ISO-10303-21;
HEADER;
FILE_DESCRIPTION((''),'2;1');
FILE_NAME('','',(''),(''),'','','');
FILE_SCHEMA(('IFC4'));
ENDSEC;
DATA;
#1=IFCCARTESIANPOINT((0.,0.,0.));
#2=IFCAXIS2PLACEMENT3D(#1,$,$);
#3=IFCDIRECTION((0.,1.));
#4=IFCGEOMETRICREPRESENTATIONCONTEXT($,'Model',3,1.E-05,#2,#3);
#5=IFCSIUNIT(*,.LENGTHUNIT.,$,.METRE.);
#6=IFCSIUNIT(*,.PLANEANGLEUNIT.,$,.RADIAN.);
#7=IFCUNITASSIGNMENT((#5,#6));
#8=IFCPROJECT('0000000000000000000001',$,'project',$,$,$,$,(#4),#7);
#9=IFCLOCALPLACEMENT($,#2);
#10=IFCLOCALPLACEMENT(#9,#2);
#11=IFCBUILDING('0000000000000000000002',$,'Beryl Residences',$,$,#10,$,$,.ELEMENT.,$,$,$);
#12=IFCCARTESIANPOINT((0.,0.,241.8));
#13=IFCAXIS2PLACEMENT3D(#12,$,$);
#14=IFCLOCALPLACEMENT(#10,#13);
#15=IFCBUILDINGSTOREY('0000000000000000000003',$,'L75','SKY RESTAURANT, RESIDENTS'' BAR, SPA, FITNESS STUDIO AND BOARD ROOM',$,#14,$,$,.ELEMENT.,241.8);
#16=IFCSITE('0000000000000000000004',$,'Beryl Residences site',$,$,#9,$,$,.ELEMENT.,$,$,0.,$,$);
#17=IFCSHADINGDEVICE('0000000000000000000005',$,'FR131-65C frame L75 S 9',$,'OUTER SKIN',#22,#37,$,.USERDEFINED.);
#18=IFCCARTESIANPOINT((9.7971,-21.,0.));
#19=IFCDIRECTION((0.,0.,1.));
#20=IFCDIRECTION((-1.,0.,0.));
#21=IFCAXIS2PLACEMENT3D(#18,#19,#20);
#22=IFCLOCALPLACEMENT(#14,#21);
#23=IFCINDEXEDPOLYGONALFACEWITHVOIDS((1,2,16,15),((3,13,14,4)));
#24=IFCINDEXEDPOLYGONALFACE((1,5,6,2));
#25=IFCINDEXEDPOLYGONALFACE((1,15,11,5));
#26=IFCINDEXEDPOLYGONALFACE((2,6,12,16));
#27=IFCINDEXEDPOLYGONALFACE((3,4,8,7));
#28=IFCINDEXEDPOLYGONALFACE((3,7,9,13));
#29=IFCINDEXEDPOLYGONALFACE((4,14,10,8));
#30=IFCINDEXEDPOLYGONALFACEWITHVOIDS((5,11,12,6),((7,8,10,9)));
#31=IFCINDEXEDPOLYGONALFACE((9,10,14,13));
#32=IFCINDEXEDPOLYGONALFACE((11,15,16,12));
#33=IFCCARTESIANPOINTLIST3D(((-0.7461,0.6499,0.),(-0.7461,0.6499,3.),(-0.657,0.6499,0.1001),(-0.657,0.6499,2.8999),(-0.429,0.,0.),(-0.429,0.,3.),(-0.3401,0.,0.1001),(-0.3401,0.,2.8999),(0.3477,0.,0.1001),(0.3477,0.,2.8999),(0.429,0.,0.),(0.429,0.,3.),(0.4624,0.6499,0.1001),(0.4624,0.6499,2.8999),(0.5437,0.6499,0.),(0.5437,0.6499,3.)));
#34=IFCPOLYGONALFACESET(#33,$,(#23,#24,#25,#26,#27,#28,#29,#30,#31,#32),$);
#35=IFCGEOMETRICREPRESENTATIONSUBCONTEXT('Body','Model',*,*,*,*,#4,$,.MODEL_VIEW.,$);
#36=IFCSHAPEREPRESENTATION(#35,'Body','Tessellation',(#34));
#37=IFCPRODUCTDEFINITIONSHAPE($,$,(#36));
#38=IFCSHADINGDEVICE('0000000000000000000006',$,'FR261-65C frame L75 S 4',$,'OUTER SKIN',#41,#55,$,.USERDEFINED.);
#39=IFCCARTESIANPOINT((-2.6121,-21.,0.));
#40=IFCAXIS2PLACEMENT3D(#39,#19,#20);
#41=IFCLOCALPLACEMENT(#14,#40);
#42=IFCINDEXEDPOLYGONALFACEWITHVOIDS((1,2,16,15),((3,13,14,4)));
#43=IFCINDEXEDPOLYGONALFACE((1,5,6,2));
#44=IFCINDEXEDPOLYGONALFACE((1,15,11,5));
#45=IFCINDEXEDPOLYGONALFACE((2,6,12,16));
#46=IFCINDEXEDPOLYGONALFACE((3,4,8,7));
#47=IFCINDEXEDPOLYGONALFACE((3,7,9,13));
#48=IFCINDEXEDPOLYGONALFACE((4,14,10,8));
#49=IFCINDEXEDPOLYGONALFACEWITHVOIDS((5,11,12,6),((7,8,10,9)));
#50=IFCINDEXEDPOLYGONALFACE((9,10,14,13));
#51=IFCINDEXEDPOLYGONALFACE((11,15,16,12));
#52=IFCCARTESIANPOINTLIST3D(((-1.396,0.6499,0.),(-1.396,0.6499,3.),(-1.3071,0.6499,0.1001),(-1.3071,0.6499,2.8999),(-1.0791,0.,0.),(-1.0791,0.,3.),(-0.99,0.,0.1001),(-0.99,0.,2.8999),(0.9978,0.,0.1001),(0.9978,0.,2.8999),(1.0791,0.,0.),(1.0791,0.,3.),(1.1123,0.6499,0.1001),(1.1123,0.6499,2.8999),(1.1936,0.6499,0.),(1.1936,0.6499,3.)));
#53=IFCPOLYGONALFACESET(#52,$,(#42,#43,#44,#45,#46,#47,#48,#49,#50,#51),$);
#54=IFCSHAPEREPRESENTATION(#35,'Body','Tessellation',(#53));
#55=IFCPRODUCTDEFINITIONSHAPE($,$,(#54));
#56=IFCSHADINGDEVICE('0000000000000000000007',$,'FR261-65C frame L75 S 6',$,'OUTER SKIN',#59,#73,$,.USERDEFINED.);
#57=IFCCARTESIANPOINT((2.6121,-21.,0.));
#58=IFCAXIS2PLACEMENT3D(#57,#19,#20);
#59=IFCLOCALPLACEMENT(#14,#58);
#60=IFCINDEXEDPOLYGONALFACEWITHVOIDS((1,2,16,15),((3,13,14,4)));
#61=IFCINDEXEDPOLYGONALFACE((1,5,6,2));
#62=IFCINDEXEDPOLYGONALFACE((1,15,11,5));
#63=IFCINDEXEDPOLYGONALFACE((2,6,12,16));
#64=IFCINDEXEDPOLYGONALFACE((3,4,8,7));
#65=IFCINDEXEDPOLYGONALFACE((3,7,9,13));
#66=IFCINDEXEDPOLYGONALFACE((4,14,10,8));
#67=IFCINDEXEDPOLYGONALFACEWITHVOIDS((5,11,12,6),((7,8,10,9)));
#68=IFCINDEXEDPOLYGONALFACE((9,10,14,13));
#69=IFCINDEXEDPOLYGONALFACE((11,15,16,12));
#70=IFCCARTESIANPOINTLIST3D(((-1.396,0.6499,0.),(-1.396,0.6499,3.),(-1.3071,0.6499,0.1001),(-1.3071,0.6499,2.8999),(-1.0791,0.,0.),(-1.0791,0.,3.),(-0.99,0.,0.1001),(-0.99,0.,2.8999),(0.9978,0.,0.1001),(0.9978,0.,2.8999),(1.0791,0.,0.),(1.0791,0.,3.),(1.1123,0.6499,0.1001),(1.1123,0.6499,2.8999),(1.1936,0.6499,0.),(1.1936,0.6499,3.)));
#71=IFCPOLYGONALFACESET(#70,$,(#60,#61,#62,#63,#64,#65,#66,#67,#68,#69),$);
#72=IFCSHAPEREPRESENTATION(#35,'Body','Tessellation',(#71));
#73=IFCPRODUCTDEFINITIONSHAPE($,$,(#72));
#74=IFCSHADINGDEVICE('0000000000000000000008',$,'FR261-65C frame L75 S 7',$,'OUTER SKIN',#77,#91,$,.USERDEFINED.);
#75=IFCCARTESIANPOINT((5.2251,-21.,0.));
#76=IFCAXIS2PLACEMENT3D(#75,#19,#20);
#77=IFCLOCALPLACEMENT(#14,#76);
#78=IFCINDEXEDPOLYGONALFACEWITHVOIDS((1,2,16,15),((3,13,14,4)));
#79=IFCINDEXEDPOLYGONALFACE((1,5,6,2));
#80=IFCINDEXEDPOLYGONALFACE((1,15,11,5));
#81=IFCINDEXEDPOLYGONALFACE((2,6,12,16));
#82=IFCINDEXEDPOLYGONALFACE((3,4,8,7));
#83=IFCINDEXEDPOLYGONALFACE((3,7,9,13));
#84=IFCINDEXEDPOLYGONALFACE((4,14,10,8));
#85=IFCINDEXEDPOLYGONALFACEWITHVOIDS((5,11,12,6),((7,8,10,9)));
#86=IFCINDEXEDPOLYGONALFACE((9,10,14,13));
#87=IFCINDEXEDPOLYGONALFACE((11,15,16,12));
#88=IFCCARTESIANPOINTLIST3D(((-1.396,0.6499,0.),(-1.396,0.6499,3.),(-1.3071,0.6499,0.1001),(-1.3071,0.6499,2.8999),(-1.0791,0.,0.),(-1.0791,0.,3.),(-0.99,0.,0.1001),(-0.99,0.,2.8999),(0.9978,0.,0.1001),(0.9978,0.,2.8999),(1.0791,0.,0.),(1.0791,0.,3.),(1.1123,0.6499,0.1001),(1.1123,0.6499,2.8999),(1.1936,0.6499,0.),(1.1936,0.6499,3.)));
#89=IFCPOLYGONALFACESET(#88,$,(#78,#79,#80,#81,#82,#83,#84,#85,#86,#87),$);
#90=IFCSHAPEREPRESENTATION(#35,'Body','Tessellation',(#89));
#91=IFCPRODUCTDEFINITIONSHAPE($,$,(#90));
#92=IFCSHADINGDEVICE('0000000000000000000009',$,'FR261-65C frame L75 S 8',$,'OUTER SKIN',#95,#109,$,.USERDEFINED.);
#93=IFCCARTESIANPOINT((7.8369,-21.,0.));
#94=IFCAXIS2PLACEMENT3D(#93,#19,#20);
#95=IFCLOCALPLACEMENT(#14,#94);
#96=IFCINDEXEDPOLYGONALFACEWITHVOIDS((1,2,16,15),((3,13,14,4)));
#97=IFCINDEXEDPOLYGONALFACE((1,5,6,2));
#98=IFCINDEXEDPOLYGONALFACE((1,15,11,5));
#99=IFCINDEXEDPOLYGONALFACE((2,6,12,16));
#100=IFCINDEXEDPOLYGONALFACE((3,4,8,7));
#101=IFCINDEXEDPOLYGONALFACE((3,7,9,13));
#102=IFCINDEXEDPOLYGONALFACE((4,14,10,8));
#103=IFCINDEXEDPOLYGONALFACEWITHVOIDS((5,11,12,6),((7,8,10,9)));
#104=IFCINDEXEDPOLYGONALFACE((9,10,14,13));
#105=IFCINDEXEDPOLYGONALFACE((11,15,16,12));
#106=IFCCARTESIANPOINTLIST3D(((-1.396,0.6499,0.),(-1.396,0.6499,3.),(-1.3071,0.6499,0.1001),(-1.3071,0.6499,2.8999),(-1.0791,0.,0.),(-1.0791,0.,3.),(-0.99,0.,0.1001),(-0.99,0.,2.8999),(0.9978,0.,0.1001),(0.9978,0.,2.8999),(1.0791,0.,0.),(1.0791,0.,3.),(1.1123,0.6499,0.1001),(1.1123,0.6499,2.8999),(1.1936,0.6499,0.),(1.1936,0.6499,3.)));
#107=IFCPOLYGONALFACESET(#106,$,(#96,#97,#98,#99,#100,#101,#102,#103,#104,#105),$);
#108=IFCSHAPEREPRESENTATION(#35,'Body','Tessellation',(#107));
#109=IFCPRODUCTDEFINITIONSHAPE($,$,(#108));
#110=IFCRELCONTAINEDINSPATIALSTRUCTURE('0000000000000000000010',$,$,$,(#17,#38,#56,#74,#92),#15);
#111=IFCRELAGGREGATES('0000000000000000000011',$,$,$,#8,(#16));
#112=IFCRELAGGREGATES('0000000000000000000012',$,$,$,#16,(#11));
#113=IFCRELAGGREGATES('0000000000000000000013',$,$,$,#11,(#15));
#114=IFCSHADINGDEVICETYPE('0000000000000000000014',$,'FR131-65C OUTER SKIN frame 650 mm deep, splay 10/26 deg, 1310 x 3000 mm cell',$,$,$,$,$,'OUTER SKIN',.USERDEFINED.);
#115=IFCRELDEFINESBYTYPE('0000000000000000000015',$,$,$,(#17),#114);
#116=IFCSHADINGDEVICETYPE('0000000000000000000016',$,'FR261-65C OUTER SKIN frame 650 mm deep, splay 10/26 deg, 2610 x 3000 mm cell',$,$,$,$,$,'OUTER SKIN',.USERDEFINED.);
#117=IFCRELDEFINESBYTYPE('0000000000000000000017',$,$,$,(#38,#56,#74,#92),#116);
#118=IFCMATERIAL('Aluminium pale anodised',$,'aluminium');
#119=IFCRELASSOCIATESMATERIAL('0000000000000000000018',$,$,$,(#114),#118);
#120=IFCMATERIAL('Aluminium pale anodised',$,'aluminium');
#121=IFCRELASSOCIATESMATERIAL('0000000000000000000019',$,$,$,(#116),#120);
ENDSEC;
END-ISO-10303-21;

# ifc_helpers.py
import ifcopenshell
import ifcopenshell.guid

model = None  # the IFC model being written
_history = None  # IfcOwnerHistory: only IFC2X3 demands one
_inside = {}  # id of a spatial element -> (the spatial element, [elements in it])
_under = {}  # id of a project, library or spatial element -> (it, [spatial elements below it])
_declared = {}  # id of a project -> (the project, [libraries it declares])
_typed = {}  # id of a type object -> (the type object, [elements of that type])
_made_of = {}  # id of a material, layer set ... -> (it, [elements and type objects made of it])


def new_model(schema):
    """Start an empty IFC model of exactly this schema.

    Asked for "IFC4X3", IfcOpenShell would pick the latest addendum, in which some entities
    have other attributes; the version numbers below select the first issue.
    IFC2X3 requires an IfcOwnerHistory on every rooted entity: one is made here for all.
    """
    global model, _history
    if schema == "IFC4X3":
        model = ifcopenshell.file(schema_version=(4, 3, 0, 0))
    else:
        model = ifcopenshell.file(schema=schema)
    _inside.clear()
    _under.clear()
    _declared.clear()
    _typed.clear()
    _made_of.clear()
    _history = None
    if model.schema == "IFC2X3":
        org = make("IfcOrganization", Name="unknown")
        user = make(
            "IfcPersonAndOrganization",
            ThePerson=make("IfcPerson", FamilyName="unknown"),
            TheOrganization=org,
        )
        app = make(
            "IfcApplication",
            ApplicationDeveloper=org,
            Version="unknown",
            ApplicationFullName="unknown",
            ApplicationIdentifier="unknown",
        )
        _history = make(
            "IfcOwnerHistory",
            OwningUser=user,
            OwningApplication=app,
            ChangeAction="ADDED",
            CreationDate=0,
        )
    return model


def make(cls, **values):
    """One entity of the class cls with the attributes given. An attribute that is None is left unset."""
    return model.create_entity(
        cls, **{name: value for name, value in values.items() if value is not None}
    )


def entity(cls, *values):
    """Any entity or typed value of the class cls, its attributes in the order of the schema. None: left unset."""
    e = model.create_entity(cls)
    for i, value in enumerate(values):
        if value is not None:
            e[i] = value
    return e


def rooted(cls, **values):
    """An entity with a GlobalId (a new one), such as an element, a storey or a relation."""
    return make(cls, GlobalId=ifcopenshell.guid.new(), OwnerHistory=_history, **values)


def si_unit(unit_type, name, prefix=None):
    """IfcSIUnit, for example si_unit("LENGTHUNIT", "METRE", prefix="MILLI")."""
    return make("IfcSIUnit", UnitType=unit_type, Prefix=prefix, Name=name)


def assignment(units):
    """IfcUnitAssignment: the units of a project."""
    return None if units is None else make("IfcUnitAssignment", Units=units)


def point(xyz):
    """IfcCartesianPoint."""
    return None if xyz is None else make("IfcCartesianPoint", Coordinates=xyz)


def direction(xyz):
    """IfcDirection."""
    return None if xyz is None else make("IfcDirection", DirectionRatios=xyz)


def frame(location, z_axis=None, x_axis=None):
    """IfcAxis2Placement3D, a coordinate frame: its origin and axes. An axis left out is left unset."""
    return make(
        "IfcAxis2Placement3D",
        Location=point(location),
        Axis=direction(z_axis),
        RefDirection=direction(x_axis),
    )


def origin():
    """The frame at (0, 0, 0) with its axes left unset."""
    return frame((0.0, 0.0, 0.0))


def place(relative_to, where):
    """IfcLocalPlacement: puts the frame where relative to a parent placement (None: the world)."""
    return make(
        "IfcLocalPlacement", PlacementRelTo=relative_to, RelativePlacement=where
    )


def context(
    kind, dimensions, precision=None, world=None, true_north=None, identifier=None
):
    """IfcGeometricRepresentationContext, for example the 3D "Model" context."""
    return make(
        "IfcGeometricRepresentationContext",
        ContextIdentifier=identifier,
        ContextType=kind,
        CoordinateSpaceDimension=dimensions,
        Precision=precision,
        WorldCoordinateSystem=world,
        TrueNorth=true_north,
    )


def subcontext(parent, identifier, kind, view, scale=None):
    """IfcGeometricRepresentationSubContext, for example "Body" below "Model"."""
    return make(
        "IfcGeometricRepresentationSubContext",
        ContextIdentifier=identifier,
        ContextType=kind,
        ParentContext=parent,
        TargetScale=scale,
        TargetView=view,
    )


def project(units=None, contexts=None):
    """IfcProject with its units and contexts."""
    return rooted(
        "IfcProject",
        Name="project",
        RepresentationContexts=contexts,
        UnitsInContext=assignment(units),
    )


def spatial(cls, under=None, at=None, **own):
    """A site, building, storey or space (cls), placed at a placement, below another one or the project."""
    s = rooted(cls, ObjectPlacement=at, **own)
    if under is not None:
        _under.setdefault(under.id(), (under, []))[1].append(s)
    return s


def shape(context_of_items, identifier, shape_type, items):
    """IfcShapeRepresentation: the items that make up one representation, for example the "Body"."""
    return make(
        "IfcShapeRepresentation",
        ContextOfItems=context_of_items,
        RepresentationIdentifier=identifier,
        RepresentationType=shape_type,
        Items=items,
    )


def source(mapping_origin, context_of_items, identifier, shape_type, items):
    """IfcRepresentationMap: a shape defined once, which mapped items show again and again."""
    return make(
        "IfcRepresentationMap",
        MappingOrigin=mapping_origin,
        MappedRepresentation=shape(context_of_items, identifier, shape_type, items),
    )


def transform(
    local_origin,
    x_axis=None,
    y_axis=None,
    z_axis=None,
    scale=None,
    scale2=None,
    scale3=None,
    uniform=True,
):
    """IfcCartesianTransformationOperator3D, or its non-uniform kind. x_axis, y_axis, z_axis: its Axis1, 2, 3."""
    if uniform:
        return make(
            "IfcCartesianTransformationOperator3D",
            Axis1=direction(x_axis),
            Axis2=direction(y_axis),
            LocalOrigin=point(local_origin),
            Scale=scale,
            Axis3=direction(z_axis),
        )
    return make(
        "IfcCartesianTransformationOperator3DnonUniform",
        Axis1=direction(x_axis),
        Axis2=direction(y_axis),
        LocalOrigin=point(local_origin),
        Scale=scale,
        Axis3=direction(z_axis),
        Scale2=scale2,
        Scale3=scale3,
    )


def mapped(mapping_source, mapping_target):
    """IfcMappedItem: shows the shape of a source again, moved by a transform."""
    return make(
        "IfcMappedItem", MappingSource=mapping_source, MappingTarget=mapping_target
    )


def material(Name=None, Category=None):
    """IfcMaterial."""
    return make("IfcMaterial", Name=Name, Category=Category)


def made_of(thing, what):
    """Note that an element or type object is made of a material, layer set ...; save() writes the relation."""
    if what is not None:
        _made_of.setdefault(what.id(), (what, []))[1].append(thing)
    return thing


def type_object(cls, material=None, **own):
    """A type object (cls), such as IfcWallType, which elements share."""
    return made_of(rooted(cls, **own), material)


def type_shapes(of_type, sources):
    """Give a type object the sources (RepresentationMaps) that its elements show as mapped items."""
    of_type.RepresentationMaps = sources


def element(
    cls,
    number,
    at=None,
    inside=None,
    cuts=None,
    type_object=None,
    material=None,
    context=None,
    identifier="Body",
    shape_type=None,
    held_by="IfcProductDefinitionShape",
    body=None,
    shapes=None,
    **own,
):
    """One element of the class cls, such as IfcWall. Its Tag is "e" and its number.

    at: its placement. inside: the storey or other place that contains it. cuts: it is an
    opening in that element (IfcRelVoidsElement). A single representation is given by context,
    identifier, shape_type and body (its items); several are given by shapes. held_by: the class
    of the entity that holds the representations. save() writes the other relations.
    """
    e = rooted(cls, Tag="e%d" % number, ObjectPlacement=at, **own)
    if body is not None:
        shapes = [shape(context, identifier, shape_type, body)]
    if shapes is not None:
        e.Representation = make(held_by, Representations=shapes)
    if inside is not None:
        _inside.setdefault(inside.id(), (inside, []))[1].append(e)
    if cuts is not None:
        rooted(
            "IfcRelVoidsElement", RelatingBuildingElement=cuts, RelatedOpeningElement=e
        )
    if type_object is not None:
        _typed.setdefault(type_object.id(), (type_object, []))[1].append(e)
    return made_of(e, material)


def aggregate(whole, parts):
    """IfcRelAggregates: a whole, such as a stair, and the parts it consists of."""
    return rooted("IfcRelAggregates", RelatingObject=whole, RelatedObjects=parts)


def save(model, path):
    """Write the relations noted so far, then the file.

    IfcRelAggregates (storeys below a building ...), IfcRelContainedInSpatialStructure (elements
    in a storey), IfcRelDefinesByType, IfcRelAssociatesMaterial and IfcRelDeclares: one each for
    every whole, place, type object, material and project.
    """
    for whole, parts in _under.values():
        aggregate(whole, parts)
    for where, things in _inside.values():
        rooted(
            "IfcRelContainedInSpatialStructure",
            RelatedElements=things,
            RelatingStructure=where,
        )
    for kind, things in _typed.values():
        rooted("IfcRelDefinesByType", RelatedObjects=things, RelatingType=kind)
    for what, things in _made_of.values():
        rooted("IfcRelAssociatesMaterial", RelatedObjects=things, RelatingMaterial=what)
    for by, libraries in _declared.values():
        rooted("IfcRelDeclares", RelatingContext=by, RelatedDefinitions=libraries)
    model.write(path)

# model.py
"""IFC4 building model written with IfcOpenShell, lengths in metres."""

from ifc_helpers import new_model, entity, si_unit, direction, frame, origin, place, context, subcontext, project, spatial, source, transform, mapped, material, type_object, type_shapes, element, save


model = new_model("IFC4")

# Units and contexts
model_context = context("Model", 3, precision=1e-05, world=origin(), true_north=direction((0.0, 1.0)))
body_context = subcontext(model_context, "Body", "Model", "MODEL_VIEW")
ifc_project = project(units=[si_unit("LENGTHUNIT", "METRE"), si_unit("PLANEANGLEUNIT", "RADIAN")], contexts=[model_context])

# Site, building, storey
site_placement = place(None, origin())
site = spatial("IfcSite", under=ifc_project, at=site_placement, Name="Beryl Residences site", CompositionType="ELEMENT", RefElevation=0.0)
building_placement = place(site_placement, origin())
building = spatial("IfcBuilding", under=site, at=building_placement, Name="Beryl Residences", CompositionType="ELEMENT")
storey_placement = place(building_placement, frame((0.0, 0.0, 241.8)))
storey = spatial("IfcBuildingStorey", under=building, at=storey_placement, Name="L75", Description="SKY RESTAURANT, RESIDENTS' BAR, SPA, FITNESS STUDIO AND BOARD ROOM", CompositionType="ELEMENT", Elevation=241.8)

# Shading devices
ifc_material_1 = material(Name="Aluminium pale anodised", Category="aluminium")
shading_device_type_1 = type_object("IfcShadingDeviceType", Name="FR131-65C OUTER SKIN frame 650 mm deep, splay 10/26 deg, 1310 x 3000 mm cell", ElementType="OUTER SKIN", PredefinedType="USERDEFINED", material=ifc_material_1)
cartesian_point_1 = entity("IfcCartesianPoint", [-0.429, 0.0])
cartesian_point_2 = entity("IfcCartesianPoint", [-0.3477, 0.1001])
cartesian_point_3 = entity("IfcCartesianPoint", [-0.5437, 0.0])
cartesian_point_4 = entity("IfcCartesianPoint", [-0.4624, 0.1001])
shared_shape_1 = source(origin(), body_context, "Body", "SweptSolid", [
    entity("IfcExtrudedAreaSolidTapered", entity("IfcArbitraryProfileDefWithVoids", "AREA", None, entity("IfcPolyline", [cartesian_point_1, entity("IfcCartesianPoint", [0.429, 0.0]), entity("IfcCartesianPoint", [0.429, 3.0]), entity("IfcCartesianPoint", [-0.429, 3.0]), cartesian_point_1]), [entity("IfcPolyline", [cartesian_point_2, entity("IfcCartesianPoint", [0.3401, 0.1001]), entity("IfcCartesianPoint", [0.3401, 2.8999]), entity("IfcCartesianPoint", [-0.3477, 2.8999]), cartesian_point_2])]), entity("IfcAxis2Placement3D", entity("IfcCartesianPoint", [0.0, 0.0, 0.0]), entity("IfcDirection", [0.0, 1.0, 0.0]), entity("IfcDirection", [-1.0, 0.0, 0.0])), entity("IfcDirection", [0.0, 0.0, 1.0]), 0.6499, entity("IfcArbitraryProfileDefWithVoids", "AREA", None, entity("IfcPolyline", [cartesian_point_3, entity("IfcCartesianPoint", [0.7461, 0.0]), entity("IfcCartesianPoint", [0.7461, 3.0]), entity("IfcCartesianPoint", [-0.5437, 3.0]), cartesian_point_3]), [entity("IfcPolyline", [cartesian_point_4, entity("IfcCartesianPoint", [0.657, 0.1001]), entity("IfcCartesianPoint", [0.657, 2.8999]), entity("IfcCartesianPoint", [-0.4624, 2.8999]), cartesian_point_4])])),
])
type_shapes(shading_device_type_1, [shared_shape_1])
shading_device_placement = place(storey_placement, frame((9.7971, -21.0, 0.0), z_axis=(0.0, 0.0, 1.0), x_axis=(-1.0, 0.0, 0.0)))
element("IfcShadingDevice", 1, at=shading_device_placement, inside=storey, type_object=shading_device_type_1, Name="FR131-65C frame L75 S 9", ObjectType="OUTER SKIN", PredefinedType="USERDEFINED", context=body_context, shape_type="MappedRepresentation", body=[
    mapped(shared_shape_1, transform((0.0, 0.0, 0.0))),
])
ifc_material_2 = material(Name="Aluminium pale anodised", Category="aluminium")
shading_device_type_2 = type_object("IfcShadingDeviceType", Name="FR261-65C OUTER SKIN frame 650 mm deep, splay 10/26 deg, 2610 x 3000 mm cell", ElementType="OUTER SKIN", PredefinedType="USERDEFINED", material=ifc_material_2)
cartesian_point_5 = entity("IfcCartesianPoint", [-1.0791, 0.0])
cartesian_point_6 = entity("IfcCartesianPoint", [-0.9978, 0.1001])
cartesian_point_7 = entity("IfcCartesianPoint", [-1.1936, 0.0])
cartesian_point_8 = entity("IfcCartesianPoint", [-1.1123, 0.1001])
shared_shape_2 = source(origin(), body_context, "Body", "SweptSolid", [
    entity("IfcExtrudedAreaSolidTapered", entity("IfcArbitraryProfileDefWithVoids", "AREA", None, entity("IfcPolyline", [cartesian_point_5, entity("IfcCartesianPoint", [1.0791, 0.0]), entity("IfcCartesianPoint", [1.0791, 3.0]), entity("IfcCartesianPoint", [-1.0791, 3.0]), cartesian_point_5]), [entity("IfcPolyline", [cartesian_point_6, entity("IfcCartesianPoint", [0.99, 0.1001]), entity("IfcCartesianPoint", [0.99, 2.8999]), entity("IfcCartesianPoint", [-0.9978, 2.8999]), cartesian_point_6])]), entity("IfcAxis2Placement3D", entity("IfcCartesianPoint", [0.0, 0.0, 0.0]), entity("IfcDirection", [0.0, 1.0, 0.0]), entity("IfcDirection", [-1.0, 0.0, 0.0])), entity("IfcDirection", [0.0, 0.0, 1.0]), 0.6499, entity("IfcArbitraryProfileDefWithVoids", "AREA", None, entity("IfcPolyline", [cartesian_point_7, entity("IfcCartesianPoint", [1.396, 0.0]), entity("IfcCartesianPoint", [1.396, 3.0]), entity("IfcCartesianPoint", [-1.1936, 3.0]), cartesian_point_7]), [entity("IfcPolyline", [cartesian_point_8, entity("IfcCartesianPoint", [1.3071, 0.1001]), entity("IfcCartesianPoint", [1.3071, 2.8999]), entity("IfcCartesianPoint", [-1.1123, 2.8999]), cartesian_point_8])])),
])
type_shapes(shading_device_type_2, [shared_shape_2])
for number, where, z_axis, x_axis, name in (
    (2, (-2.6121, -21.0, 0.0), (0.0, 0.0, 1.0), (-1.0, 0.0, 0.0), "FR261-65C frame L75 S 4"),
    (3, (2.6121, -21.0, 0.0), (0.0, 0.0, 1.0), (-1.0, 0.0, 0.0), "FR261-65C frame L75 S 6"),
    (4, (5.2251, -21.0, 0.0), (0.0, 0.0, 1.0), (-1.0, 0.0, 0.0), "FR261-65C frame L75 S 7"),
    (5, (7.8369, -21.0, 0.0), (0.0, 0.0, 1.0), (-1.0, 0.0, 0.0), "FR261-65C frame L75 S 8"),
):
    element("IfcShadingDevice", number, at=place(storey_placement, frame(where, z_axis=z_axis, x_axis=x_axis)), inside=storey, type_object=shading_device_type_2, Name=name, ObjectType="OUTER SKIN", PredefinedType="USERDEFINED", context=body_context, shape_type="MappedRepresentation", body=[
        mapped(shared_shape_2, transform((0.0, 0.0, 0.0))),
    ])

save(model, "model.ifc")
